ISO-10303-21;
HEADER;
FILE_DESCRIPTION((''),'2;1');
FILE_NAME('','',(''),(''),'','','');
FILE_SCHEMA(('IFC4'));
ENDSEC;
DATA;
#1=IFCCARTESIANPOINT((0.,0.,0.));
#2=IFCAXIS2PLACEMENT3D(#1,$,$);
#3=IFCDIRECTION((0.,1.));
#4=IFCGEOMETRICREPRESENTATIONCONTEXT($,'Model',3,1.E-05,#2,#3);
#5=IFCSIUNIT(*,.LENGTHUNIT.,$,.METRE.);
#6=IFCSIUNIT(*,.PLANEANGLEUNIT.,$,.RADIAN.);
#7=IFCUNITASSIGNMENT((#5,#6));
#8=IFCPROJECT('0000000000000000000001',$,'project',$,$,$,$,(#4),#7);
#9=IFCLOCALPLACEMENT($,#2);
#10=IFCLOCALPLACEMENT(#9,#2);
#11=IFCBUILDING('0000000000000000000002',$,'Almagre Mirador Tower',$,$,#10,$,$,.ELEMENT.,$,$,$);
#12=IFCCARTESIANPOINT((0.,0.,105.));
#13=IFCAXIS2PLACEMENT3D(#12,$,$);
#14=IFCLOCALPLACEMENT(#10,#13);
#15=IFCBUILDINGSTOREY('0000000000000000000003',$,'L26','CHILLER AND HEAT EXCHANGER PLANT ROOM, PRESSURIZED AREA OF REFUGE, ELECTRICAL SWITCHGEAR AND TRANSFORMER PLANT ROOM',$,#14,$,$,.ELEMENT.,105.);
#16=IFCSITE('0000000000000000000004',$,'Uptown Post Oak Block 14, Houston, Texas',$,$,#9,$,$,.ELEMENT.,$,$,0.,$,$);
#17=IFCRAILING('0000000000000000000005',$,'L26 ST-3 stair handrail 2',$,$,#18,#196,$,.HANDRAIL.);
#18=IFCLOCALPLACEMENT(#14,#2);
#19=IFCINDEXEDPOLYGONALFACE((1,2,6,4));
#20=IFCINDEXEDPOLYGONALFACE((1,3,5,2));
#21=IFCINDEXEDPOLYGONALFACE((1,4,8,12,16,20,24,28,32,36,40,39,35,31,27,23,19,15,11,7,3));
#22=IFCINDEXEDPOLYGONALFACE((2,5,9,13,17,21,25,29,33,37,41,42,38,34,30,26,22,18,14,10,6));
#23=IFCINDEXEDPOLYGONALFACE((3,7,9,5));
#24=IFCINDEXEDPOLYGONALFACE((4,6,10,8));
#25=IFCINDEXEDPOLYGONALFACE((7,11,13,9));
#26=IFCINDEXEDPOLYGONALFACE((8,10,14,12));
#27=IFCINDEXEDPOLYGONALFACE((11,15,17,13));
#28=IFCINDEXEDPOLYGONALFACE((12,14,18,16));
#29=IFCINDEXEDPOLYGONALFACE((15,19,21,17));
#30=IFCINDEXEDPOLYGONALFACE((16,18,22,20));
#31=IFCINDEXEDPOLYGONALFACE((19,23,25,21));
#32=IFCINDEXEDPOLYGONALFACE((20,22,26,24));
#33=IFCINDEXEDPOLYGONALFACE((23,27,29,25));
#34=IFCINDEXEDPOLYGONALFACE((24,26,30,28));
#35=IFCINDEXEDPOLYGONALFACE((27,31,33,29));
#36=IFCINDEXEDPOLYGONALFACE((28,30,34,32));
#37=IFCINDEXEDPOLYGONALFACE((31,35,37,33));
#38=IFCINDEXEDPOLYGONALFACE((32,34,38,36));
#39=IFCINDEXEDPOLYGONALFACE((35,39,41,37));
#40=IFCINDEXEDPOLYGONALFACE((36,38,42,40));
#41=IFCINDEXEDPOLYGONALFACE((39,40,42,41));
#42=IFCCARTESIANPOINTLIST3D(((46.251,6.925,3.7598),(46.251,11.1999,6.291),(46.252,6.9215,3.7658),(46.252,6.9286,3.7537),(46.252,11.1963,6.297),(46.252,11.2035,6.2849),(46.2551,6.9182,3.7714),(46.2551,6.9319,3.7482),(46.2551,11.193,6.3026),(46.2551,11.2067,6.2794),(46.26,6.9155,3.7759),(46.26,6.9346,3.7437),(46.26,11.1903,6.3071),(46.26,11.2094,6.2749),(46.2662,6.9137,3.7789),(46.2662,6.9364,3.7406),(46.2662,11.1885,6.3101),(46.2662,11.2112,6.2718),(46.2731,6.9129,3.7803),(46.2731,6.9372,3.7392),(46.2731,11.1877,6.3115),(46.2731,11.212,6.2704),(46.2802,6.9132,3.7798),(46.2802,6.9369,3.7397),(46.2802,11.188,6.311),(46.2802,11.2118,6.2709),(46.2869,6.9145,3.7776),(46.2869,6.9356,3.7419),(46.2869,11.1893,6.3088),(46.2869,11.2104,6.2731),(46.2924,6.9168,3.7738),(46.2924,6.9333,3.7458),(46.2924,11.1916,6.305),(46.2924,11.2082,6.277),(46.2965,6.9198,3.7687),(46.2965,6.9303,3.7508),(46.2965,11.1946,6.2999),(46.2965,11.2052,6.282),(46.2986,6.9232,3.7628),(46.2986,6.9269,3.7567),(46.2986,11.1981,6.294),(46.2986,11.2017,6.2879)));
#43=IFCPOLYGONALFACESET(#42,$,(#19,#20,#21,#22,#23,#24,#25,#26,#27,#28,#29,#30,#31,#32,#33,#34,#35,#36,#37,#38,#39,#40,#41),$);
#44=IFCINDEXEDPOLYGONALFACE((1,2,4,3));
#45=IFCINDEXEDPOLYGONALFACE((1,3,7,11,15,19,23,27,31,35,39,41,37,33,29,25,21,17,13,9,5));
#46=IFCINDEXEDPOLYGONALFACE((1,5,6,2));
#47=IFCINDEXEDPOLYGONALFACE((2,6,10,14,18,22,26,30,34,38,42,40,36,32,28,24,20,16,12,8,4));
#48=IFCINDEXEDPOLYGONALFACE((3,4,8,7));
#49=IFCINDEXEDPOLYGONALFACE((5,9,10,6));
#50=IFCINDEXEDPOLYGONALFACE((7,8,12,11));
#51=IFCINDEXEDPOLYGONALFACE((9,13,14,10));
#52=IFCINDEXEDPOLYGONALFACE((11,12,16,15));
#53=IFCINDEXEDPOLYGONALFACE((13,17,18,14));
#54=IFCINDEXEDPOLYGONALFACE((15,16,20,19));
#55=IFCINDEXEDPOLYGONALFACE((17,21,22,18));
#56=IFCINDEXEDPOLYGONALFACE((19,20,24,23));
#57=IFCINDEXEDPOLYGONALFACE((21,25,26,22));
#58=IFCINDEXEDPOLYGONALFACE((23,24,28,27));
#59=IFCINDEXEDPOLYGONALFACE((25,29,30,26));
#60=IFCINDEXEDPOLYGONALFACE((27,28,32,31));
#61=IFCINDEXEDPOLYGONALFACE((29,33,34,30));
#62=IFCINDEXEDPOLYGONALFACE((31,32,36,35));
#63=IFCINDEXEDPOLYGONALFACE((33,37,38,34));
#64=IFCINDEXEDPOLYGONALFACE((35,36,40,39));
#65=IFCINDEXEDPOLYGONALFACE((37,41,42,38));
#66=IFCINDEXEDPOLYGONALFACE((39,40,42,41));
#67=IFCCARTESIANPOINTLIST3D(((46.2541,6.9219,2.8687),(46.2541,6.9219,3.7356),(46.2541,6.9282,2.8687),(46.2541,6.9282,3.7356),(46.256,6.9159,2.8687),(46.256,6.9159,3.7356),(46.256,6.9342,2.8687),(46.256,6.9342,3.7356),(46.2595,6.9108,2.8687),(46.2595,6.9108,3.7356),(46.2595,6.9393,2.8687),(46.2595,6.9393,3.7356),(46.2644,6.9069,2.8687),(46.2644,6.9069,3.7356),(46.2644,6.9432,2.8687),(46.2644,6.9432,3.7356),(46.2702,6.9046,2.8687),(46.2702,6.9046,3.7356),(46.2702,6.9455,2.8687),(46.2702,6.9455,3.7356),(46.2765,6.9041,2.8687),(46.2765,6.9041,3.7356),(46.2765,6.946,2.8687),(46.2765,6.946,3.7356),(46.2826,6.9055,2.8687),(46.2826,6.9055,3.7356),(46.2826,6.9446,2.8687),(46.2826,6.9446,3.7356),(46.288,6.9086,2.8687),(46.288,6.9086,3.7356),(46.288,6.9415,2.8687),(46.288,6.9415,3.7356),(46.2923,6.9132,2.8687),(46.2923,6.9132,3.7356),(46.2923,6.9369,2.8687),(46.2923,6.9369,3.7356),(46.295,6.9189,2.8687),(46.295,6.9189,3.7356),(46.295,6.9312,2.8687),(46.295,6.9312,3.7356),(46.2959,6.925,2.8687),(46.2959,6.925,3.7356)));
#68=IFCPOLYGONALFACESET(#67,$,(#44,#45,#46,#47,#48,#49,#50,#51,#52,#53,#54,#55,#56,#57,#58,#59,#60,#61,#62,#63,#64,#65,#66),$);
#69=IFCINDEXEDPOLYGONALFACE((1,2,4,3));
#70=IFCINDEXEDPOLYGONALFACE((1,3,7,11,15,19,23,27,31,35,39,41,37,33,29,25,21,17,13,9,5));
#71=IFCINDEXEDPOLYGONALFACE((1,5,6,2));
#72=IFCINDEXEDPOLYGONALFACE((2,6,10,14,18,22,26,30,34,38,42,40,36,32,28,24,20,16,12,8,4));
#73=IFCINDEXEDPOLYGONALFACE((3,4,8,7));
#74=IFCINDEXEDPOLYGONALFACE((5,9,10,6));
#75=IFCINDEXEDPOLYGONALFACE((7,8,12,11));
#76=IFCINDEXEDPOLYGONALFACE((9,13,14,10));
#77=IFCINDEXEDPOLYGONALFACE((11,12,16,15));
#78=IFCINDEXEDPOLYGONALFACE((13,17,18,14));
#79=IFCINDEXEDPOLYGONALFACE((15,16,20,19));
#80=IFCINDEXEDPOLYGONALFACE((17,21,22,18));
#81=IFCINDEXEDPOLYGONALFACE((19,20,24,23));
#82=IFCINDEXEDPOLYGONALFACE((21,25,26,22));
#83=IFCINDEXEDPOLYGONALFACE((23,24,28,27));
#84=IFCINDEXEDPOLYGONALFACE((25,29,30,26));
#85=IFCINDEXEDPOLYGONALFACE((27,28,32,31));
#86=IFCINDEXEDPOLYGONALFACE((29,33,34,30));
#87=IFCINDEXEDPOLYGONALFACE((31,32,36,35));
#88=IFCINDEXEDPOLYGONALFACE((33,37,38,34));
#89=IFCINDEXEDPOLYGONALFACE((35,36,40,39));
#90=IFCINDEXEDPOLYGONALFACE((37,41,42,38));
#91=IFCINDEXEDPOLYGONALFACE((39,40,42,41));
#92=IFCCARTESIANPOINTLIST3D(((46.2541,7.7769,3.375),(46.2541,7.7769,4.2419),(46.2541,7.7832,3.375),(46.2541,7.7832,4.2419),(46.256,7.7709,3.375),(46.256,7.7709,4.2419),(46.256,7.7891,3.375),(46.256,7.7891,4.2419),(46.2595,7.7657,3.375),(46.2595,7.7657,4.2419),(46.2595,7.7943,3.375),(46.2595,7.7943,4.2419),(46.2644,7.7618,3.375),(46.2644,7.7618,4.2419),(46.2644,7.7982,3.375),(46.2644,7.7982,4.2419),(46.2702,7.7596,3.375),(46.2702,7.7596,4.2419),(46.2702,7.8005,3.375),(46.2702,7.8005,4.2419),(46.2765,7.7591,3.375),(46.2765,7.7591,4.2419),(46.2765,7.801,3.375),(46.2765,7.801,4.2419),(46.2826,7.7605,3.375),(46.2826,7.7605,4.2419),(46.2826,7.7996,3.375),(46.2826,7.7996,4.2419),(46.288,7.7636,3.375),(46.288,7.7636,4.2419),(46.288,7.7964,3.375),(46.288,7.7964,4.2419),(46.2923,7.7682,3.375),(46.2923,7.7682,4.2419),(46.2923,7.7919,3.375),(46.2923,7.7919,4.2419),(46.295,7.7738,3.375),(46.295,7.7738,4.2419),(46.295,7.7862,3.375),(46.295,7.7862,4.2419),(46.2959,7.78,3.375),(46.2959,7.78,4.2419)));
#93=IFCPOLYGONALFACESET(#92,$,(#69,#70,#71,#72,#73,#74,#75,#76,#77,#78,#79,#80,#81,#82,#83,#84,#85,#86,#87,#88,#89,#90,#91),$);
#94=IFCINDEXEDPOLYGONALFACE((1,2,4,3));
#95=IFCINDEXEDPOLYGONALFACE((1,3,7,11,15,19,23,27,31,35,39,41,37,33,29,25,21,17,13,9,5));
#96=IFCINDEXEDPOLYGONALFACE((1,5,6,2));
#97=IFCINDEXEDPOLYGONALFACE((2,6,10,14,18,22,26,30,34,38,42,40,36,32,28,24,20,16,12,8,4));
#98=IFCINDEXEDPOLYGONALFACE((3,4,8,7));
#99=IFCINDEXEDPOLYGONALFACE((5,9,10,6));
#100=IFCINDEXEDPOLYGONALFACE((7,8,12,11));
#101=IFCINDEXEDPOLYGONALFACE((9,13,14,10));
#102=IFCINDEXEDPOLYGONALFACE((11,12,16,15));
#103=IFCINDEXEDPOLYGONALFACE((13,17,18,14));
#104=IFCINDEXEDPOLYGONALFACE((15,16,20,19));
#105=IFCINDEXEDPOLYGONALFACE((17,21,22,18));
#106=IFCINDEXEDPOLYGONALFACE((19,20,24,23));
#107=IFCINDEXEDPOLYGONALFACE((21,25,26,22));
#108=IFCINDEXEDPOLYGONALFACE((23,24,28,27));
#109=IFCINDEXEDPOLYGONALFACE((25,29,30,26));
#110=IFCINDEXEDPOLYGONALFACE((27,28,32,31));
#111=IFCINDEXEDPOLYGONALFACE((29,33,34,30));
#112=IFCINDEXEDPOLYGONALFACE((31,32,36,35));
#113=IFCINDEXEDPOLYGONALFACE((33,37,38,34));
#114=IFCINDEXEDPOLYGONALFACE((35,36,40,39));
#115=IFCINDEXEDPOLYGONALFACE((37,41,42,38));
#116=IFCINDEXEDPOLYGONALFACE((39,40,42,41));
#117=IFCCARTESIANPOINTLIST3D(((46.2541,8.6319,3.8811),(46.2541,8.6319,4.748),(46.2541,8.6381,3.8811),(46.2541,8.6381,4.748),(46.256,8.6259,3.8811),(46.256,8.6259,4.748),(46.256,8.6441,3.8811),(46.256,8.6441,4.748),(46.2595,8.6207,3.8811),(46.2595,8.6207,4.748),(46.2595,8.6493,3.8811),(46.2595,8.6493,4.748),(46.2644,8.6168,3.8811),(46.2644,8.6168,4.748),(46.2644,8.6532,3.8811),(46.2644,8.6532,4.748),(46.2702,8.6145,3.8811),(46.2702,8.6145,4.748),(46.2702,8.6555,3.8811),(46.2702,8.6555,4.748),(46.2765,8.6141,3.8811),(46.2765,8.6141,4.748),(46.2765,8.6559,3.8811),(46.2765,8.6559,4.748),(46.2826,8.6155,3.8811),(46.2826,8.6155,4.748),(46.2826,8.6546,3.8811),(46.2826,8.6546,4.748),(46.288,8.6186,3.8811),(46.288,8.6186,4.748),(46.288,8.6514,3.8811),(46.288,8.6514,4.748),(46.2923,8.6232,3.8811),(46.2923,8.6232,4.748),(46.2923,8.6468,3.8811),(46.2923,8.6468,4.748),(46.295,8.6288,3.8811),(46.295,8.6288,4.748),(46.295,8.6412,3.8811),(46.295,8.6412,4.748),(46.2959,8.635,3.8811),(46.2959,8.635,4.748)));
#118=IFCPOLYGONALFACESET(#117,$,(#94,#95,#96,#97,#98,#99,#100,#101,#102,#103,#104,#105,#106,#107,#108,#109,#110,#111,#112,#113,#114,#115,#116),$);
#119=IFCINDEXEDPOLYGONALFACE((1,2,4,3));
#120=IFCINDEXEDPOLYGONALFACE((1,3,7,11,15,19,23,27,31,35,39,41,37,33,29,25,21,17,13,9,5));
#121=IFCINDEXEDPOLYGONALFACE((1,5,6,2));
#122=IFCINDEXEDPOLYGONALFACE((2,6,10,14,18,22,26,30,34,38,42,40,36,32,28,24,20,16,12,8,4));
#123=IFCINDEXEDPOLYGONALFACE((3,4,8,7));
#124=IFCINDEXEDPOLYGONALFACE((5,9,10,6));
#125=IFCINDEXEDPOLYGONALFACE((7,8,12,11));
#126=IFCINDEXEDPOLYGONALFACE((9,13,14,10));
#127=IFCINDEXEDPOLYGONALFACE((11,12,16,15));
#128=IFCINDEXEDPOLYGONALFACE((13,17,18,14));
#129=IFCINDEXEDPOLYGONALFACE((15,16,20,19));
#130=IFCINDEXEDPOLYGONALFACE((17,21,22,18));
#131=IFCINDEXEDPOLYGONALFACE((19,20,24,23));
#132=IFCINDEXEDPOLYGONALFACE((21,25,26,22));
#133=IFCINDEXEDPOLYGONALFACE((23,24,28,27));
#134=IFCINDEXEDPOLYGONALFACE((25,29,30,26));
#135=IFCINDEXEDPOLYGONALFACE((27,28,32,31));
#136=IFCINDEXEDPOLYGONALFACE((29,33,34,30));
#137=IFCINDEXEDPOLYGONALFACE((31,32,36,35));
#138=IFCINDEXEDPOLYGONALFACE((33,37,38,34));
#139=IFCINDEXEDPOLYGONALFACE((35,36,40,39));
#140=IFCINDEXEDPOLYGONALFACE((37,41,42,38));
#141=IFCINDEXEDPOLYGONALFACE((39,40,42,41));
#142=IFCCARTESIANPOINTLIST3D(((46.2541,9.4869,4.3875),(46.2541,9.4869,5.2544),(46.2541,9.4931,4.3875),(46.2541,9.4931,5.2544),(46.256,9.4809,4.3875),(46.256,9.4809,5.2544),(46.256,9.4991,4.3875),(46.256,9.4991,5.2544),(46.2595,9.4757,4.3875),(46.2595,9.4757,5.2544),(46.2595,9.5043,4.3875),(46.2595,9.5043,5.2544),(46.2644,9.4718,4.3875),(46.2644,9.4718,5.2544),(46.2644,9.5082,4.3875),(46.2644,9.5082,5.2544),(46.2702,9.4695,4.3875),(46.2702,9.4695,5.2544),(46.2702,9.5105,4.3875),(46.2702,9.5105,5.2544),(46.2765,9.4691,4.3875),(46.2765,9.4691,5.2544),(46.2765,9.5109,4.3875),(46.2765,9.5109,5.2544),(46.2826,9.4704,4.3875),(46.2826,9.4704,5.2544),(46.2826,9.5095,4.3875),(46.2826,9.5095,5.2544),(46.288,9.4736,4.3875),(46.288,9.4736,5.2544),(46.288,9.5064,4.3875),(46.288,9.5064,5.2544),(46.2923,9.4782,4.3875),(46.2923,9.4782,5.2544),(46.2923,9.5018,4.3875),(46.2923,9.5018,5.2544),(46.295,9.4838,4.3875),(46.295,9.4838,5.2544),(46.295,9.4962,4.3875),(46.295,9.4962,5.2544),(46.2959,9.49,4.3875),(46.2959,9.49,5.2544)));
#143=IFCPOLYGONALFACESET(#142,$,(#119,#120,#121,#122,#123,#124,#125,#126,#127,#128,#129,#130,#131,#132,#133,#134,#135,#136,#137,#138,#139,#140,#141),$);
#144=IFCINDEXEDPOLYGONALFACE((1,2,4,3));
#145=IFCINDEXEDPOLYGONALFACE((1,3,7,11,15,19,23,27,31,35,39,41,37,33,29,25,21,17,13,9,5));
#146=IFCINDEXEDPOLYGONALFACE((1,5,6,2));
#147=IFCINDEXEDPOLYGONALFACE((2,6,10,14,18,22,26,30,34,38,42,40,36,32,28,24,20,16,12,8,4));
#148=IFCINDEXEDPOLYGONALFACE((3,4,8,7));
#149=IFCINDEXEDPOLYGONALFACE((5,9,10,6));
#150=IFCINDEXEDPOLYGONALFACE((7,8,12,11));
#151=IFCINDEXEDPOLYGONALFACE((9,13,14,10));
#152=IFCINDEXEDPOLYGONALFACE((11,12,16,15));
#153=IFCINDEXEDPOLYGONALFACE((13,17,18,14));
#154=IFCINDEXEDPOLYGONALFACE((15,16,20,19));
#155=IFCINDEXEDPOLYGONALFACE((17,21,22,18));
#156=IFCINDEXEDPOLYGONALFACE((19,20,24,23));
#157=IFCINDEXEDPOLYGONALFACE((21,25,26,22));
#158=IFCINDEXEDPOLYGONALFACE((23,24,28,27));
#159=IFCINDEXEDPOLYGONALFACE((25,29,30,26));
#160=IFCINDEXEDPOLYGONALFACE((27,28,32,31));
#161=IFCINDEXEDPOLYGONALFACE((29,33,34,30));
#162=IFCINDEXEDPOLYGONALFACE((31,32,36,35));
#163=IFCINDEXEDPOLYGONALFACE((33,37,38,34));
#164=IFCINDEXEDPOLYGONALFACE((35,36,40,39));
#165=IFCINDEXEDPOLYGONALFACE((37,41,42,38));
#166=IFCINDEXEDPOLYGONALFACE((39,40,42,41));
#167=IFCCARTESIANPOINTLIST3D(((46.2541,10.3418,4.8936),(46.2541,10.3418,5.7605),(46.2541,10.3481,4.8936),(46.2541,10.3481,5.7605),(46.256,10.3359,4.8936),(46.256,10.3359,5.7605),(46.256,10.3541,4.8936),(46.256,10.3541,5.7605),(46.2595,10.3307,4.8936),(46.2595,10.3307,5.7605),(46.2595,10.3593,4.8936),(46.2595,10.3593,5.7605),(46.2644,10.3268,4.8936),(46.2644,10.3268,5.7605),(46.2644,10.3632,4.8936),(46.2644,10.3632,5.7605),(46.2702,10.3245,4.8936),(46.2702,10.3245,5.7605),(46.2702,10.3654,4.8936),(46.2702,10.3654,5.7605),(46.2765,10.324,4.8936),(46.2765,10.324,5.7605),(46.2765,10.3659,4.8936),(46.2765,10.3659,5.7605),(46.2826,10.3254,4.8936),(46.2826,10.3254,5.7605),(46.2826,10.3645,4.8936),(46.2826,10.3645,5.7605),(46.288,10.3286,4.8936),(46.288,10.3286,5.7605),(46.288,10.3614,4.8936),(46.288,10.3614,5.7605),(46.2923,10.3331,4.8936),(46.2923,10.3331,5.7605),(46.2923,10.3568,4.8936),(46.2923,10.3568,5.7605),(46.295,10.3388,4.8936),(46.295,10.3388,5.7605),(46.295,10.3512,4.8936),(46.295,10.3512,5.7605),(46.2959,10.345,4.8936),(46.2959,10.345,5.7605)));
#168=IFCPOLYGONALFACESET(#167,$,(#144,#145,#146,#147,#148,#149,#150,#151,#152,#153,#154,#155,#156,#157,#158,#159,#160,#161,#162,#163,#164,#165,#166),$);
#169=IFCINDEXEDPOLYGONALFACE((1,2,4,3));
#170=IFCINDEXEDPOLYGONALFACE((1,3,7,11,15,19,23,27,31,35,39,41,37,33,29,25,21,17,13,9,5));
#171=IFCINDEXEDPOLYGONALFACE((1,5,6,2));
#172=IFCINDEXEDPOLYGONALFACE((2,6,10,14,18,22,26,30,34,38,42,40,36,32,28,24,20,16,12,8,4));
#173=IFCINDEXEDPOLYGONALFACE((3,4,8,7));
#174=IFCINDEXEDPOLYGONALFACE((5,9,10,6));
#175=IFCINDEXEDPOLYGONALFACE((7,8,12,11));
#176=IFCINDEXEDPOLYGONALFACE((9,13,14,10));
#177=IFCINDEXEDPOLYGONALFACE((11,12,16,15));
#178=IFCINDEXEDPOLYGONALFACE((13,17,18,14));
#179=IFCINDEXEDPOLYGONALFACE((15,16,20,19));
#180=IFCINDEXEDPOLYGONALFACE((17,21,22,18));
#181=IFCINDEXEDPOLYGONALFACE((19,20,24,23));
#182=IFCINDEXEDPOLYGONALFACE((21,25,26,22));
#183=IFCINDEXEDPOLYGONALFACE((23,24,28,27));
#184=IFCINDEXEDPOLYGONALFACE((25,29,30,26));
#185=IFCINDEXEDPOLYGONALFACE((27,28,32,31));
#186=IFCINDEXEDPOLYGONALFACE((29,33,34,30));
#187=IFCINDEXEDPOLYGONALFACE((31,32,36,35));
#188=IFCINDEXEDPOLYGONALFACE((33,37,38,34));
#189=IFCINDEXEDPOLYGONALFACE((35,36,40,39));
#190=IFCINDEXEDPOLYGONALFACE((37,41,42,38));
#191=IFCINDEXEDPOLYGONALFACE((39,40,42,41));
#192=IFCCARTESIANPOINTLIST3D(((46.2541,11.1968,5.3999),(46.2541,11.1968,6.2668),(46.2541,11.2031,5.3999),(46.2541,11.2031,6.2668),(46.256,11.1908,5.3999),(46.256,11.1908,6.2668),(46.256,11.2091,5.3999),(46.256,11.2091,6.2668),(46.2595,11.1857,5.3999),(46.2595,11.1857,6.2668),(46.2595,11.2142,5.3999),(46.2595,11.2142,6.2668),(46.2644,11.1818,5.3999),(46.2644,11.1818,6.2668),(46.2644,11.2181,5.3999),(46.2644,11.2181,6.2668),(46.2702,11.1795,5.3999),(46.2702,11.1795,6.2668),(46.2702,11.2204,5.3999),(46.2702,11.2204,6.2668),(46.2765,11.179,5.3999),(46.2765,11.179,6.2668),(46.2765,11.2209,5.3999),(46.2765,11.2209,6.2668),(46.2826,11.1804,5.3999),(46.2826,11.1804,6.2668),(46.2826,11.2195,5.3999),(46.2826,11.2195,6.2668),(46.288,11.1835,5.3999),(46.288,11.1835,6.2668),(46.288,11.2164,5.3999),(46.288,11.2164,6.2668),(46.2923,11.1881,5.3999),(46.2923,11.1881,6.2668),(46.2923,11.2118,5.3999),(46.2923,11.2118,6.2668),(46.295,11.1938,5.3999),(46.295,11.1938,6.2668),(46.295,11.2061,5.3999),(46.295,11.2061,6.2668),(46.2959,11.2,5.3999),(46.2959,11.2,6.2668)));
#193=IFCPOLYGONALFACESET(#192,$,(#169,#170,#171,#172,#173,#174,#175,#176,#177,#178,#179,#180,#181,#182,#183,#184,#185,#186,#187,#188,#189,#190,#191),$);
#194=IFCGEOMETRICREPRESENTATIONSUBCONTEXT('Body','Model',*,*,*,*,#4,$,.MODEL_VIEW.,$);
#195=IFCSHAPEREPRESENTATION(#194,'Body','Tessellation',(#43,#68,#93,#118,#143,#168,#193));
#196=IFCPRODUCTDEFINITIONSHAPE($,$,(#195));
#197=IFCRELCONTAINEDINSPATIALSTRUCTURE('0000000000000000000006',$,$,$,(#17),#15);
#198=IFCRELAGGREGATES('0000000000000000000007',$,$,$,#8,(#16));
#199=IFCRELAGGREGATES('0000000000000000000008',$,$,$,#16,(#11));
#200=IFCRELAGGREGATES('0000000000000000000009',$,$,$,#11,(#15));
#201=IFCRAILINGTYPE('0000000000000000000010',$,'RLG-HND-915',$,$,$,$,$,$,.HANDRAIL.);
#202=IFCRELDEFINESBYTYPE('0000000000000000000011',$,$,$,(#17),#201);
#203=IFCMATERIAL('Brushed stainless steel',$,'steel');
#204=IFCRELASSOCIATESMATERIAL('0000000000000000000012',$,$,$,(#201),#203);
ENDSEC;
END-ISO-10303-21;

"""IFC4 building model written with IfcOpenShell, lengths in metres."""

from ifc_helpers import new_model, si_unit, direction, frame, origin, origin_2d, place, context, subcontext, project, spatial, circle, extrude, material, type_object, element, save


model = new_model("IFC4")

# Units and contexts
model_context = context("Model", 3, precision=1e-05, world=origin(), true_north=direction((0.0, 1.0)))
body_context = subcontext(model_context, "Body", "Model", "MODEL_VIEW")
ifc_project = project(units=[si_unit("LENGTHUNIT", "METRE"), si_unit("PLANEANGLEUNIT", "RADIAN")], contexts=[model_context])

# Site, building, storey
site_placement = place(None, origin())
site = spatial("IfcSite", under=ifc_project, at=site_placement, Name="Uptown Post Oak Block 14, Houston, Texas", CompositionType="ELEMENT", RefElevation=0.0)
building_placement = place(site_placement, origin())
building = spatial("IfcBuilding", under=site, at=building_placement, Name="Almagre Mirador Tower", CompositionType="ELEMENT")
storey_placement = place(building_placement, frame((0.0, 0.0, 105.0)))
storey = spatial("IfcBuildingStorey", under=building, at=storey_placement, Name="L26", Description="CHILLER AND HEAT EXCHANGER PLANT ROOM, PRESSURIZED AREA OF REFUGE, ELECTRICAL SWITCHGEAR AND TRANSFORMER PLANT ROOM", CompositionType="ELEMENT", Elevation=105.0)

# Railing
ifc_material_1 = material(Name="Brushed stainless steel", Category="steel")
railing_type_1 = type_object("IfcRailingType", Name="RLG-HND-915", PredefinedType="HANDRAIL", material=ifc_material_1)
railing_1_placement = place(storey_placement, frame((46.2749, 6.925, 2.8687)))
element("IfcRailing", 1, at=railing_1_placement, inside=storey, type_object=railing_type_1, Name="L26 ST-3 stair handrail 2", PredefinedType="HANDRAIL", context=body_context, shape_type="SweptSolid", body=[
    extrude(circle(Radius=0.0239, at=origin_2d()), frame((0.0, 0.0, 0.8911), z_axis=(0.0, 0.86047, 0.509501), x_axis=(-1.0, 0.0, 0.0)), (0.0, 0.0, 1.0), 4.968),
    extrude(circle(Radius=0.021, at=origin_2d()), origin(), (0.0, 0.0, 1.0), 0.8669),
    extrude(circle(Radius=0.021, at=origin_2d()), frame((0.0, 0.855, 0.5063)), (0.0, 0.0, 1.0), 0.8669),
    extrude(circle(Radius=0.021, at=origin_2d()), frame((0.0, 1.71, 1.0125)), (0.0, 0.0, 1.0), 0.8669),
    extrude(circle(Radius=0.021, at=origin_2d()), frame((0.0, 2.5649, 1.5188)), (0.0, 0.0, 1.0), 0.8669),
    extrude(circle(Radius=0.021, at=origin_2d()), frame((0.0, 3.4199, 2.0249)), (0.0, 0.0, 1.0), 0.8669),
    extrude(circle(Radius=0.021, at=origin_2d()), frame((0.0, 4.2749, 2.5312)), (0.0, 0.0, 1.0), 0.8669),
])

save(model, "model.ifc")
